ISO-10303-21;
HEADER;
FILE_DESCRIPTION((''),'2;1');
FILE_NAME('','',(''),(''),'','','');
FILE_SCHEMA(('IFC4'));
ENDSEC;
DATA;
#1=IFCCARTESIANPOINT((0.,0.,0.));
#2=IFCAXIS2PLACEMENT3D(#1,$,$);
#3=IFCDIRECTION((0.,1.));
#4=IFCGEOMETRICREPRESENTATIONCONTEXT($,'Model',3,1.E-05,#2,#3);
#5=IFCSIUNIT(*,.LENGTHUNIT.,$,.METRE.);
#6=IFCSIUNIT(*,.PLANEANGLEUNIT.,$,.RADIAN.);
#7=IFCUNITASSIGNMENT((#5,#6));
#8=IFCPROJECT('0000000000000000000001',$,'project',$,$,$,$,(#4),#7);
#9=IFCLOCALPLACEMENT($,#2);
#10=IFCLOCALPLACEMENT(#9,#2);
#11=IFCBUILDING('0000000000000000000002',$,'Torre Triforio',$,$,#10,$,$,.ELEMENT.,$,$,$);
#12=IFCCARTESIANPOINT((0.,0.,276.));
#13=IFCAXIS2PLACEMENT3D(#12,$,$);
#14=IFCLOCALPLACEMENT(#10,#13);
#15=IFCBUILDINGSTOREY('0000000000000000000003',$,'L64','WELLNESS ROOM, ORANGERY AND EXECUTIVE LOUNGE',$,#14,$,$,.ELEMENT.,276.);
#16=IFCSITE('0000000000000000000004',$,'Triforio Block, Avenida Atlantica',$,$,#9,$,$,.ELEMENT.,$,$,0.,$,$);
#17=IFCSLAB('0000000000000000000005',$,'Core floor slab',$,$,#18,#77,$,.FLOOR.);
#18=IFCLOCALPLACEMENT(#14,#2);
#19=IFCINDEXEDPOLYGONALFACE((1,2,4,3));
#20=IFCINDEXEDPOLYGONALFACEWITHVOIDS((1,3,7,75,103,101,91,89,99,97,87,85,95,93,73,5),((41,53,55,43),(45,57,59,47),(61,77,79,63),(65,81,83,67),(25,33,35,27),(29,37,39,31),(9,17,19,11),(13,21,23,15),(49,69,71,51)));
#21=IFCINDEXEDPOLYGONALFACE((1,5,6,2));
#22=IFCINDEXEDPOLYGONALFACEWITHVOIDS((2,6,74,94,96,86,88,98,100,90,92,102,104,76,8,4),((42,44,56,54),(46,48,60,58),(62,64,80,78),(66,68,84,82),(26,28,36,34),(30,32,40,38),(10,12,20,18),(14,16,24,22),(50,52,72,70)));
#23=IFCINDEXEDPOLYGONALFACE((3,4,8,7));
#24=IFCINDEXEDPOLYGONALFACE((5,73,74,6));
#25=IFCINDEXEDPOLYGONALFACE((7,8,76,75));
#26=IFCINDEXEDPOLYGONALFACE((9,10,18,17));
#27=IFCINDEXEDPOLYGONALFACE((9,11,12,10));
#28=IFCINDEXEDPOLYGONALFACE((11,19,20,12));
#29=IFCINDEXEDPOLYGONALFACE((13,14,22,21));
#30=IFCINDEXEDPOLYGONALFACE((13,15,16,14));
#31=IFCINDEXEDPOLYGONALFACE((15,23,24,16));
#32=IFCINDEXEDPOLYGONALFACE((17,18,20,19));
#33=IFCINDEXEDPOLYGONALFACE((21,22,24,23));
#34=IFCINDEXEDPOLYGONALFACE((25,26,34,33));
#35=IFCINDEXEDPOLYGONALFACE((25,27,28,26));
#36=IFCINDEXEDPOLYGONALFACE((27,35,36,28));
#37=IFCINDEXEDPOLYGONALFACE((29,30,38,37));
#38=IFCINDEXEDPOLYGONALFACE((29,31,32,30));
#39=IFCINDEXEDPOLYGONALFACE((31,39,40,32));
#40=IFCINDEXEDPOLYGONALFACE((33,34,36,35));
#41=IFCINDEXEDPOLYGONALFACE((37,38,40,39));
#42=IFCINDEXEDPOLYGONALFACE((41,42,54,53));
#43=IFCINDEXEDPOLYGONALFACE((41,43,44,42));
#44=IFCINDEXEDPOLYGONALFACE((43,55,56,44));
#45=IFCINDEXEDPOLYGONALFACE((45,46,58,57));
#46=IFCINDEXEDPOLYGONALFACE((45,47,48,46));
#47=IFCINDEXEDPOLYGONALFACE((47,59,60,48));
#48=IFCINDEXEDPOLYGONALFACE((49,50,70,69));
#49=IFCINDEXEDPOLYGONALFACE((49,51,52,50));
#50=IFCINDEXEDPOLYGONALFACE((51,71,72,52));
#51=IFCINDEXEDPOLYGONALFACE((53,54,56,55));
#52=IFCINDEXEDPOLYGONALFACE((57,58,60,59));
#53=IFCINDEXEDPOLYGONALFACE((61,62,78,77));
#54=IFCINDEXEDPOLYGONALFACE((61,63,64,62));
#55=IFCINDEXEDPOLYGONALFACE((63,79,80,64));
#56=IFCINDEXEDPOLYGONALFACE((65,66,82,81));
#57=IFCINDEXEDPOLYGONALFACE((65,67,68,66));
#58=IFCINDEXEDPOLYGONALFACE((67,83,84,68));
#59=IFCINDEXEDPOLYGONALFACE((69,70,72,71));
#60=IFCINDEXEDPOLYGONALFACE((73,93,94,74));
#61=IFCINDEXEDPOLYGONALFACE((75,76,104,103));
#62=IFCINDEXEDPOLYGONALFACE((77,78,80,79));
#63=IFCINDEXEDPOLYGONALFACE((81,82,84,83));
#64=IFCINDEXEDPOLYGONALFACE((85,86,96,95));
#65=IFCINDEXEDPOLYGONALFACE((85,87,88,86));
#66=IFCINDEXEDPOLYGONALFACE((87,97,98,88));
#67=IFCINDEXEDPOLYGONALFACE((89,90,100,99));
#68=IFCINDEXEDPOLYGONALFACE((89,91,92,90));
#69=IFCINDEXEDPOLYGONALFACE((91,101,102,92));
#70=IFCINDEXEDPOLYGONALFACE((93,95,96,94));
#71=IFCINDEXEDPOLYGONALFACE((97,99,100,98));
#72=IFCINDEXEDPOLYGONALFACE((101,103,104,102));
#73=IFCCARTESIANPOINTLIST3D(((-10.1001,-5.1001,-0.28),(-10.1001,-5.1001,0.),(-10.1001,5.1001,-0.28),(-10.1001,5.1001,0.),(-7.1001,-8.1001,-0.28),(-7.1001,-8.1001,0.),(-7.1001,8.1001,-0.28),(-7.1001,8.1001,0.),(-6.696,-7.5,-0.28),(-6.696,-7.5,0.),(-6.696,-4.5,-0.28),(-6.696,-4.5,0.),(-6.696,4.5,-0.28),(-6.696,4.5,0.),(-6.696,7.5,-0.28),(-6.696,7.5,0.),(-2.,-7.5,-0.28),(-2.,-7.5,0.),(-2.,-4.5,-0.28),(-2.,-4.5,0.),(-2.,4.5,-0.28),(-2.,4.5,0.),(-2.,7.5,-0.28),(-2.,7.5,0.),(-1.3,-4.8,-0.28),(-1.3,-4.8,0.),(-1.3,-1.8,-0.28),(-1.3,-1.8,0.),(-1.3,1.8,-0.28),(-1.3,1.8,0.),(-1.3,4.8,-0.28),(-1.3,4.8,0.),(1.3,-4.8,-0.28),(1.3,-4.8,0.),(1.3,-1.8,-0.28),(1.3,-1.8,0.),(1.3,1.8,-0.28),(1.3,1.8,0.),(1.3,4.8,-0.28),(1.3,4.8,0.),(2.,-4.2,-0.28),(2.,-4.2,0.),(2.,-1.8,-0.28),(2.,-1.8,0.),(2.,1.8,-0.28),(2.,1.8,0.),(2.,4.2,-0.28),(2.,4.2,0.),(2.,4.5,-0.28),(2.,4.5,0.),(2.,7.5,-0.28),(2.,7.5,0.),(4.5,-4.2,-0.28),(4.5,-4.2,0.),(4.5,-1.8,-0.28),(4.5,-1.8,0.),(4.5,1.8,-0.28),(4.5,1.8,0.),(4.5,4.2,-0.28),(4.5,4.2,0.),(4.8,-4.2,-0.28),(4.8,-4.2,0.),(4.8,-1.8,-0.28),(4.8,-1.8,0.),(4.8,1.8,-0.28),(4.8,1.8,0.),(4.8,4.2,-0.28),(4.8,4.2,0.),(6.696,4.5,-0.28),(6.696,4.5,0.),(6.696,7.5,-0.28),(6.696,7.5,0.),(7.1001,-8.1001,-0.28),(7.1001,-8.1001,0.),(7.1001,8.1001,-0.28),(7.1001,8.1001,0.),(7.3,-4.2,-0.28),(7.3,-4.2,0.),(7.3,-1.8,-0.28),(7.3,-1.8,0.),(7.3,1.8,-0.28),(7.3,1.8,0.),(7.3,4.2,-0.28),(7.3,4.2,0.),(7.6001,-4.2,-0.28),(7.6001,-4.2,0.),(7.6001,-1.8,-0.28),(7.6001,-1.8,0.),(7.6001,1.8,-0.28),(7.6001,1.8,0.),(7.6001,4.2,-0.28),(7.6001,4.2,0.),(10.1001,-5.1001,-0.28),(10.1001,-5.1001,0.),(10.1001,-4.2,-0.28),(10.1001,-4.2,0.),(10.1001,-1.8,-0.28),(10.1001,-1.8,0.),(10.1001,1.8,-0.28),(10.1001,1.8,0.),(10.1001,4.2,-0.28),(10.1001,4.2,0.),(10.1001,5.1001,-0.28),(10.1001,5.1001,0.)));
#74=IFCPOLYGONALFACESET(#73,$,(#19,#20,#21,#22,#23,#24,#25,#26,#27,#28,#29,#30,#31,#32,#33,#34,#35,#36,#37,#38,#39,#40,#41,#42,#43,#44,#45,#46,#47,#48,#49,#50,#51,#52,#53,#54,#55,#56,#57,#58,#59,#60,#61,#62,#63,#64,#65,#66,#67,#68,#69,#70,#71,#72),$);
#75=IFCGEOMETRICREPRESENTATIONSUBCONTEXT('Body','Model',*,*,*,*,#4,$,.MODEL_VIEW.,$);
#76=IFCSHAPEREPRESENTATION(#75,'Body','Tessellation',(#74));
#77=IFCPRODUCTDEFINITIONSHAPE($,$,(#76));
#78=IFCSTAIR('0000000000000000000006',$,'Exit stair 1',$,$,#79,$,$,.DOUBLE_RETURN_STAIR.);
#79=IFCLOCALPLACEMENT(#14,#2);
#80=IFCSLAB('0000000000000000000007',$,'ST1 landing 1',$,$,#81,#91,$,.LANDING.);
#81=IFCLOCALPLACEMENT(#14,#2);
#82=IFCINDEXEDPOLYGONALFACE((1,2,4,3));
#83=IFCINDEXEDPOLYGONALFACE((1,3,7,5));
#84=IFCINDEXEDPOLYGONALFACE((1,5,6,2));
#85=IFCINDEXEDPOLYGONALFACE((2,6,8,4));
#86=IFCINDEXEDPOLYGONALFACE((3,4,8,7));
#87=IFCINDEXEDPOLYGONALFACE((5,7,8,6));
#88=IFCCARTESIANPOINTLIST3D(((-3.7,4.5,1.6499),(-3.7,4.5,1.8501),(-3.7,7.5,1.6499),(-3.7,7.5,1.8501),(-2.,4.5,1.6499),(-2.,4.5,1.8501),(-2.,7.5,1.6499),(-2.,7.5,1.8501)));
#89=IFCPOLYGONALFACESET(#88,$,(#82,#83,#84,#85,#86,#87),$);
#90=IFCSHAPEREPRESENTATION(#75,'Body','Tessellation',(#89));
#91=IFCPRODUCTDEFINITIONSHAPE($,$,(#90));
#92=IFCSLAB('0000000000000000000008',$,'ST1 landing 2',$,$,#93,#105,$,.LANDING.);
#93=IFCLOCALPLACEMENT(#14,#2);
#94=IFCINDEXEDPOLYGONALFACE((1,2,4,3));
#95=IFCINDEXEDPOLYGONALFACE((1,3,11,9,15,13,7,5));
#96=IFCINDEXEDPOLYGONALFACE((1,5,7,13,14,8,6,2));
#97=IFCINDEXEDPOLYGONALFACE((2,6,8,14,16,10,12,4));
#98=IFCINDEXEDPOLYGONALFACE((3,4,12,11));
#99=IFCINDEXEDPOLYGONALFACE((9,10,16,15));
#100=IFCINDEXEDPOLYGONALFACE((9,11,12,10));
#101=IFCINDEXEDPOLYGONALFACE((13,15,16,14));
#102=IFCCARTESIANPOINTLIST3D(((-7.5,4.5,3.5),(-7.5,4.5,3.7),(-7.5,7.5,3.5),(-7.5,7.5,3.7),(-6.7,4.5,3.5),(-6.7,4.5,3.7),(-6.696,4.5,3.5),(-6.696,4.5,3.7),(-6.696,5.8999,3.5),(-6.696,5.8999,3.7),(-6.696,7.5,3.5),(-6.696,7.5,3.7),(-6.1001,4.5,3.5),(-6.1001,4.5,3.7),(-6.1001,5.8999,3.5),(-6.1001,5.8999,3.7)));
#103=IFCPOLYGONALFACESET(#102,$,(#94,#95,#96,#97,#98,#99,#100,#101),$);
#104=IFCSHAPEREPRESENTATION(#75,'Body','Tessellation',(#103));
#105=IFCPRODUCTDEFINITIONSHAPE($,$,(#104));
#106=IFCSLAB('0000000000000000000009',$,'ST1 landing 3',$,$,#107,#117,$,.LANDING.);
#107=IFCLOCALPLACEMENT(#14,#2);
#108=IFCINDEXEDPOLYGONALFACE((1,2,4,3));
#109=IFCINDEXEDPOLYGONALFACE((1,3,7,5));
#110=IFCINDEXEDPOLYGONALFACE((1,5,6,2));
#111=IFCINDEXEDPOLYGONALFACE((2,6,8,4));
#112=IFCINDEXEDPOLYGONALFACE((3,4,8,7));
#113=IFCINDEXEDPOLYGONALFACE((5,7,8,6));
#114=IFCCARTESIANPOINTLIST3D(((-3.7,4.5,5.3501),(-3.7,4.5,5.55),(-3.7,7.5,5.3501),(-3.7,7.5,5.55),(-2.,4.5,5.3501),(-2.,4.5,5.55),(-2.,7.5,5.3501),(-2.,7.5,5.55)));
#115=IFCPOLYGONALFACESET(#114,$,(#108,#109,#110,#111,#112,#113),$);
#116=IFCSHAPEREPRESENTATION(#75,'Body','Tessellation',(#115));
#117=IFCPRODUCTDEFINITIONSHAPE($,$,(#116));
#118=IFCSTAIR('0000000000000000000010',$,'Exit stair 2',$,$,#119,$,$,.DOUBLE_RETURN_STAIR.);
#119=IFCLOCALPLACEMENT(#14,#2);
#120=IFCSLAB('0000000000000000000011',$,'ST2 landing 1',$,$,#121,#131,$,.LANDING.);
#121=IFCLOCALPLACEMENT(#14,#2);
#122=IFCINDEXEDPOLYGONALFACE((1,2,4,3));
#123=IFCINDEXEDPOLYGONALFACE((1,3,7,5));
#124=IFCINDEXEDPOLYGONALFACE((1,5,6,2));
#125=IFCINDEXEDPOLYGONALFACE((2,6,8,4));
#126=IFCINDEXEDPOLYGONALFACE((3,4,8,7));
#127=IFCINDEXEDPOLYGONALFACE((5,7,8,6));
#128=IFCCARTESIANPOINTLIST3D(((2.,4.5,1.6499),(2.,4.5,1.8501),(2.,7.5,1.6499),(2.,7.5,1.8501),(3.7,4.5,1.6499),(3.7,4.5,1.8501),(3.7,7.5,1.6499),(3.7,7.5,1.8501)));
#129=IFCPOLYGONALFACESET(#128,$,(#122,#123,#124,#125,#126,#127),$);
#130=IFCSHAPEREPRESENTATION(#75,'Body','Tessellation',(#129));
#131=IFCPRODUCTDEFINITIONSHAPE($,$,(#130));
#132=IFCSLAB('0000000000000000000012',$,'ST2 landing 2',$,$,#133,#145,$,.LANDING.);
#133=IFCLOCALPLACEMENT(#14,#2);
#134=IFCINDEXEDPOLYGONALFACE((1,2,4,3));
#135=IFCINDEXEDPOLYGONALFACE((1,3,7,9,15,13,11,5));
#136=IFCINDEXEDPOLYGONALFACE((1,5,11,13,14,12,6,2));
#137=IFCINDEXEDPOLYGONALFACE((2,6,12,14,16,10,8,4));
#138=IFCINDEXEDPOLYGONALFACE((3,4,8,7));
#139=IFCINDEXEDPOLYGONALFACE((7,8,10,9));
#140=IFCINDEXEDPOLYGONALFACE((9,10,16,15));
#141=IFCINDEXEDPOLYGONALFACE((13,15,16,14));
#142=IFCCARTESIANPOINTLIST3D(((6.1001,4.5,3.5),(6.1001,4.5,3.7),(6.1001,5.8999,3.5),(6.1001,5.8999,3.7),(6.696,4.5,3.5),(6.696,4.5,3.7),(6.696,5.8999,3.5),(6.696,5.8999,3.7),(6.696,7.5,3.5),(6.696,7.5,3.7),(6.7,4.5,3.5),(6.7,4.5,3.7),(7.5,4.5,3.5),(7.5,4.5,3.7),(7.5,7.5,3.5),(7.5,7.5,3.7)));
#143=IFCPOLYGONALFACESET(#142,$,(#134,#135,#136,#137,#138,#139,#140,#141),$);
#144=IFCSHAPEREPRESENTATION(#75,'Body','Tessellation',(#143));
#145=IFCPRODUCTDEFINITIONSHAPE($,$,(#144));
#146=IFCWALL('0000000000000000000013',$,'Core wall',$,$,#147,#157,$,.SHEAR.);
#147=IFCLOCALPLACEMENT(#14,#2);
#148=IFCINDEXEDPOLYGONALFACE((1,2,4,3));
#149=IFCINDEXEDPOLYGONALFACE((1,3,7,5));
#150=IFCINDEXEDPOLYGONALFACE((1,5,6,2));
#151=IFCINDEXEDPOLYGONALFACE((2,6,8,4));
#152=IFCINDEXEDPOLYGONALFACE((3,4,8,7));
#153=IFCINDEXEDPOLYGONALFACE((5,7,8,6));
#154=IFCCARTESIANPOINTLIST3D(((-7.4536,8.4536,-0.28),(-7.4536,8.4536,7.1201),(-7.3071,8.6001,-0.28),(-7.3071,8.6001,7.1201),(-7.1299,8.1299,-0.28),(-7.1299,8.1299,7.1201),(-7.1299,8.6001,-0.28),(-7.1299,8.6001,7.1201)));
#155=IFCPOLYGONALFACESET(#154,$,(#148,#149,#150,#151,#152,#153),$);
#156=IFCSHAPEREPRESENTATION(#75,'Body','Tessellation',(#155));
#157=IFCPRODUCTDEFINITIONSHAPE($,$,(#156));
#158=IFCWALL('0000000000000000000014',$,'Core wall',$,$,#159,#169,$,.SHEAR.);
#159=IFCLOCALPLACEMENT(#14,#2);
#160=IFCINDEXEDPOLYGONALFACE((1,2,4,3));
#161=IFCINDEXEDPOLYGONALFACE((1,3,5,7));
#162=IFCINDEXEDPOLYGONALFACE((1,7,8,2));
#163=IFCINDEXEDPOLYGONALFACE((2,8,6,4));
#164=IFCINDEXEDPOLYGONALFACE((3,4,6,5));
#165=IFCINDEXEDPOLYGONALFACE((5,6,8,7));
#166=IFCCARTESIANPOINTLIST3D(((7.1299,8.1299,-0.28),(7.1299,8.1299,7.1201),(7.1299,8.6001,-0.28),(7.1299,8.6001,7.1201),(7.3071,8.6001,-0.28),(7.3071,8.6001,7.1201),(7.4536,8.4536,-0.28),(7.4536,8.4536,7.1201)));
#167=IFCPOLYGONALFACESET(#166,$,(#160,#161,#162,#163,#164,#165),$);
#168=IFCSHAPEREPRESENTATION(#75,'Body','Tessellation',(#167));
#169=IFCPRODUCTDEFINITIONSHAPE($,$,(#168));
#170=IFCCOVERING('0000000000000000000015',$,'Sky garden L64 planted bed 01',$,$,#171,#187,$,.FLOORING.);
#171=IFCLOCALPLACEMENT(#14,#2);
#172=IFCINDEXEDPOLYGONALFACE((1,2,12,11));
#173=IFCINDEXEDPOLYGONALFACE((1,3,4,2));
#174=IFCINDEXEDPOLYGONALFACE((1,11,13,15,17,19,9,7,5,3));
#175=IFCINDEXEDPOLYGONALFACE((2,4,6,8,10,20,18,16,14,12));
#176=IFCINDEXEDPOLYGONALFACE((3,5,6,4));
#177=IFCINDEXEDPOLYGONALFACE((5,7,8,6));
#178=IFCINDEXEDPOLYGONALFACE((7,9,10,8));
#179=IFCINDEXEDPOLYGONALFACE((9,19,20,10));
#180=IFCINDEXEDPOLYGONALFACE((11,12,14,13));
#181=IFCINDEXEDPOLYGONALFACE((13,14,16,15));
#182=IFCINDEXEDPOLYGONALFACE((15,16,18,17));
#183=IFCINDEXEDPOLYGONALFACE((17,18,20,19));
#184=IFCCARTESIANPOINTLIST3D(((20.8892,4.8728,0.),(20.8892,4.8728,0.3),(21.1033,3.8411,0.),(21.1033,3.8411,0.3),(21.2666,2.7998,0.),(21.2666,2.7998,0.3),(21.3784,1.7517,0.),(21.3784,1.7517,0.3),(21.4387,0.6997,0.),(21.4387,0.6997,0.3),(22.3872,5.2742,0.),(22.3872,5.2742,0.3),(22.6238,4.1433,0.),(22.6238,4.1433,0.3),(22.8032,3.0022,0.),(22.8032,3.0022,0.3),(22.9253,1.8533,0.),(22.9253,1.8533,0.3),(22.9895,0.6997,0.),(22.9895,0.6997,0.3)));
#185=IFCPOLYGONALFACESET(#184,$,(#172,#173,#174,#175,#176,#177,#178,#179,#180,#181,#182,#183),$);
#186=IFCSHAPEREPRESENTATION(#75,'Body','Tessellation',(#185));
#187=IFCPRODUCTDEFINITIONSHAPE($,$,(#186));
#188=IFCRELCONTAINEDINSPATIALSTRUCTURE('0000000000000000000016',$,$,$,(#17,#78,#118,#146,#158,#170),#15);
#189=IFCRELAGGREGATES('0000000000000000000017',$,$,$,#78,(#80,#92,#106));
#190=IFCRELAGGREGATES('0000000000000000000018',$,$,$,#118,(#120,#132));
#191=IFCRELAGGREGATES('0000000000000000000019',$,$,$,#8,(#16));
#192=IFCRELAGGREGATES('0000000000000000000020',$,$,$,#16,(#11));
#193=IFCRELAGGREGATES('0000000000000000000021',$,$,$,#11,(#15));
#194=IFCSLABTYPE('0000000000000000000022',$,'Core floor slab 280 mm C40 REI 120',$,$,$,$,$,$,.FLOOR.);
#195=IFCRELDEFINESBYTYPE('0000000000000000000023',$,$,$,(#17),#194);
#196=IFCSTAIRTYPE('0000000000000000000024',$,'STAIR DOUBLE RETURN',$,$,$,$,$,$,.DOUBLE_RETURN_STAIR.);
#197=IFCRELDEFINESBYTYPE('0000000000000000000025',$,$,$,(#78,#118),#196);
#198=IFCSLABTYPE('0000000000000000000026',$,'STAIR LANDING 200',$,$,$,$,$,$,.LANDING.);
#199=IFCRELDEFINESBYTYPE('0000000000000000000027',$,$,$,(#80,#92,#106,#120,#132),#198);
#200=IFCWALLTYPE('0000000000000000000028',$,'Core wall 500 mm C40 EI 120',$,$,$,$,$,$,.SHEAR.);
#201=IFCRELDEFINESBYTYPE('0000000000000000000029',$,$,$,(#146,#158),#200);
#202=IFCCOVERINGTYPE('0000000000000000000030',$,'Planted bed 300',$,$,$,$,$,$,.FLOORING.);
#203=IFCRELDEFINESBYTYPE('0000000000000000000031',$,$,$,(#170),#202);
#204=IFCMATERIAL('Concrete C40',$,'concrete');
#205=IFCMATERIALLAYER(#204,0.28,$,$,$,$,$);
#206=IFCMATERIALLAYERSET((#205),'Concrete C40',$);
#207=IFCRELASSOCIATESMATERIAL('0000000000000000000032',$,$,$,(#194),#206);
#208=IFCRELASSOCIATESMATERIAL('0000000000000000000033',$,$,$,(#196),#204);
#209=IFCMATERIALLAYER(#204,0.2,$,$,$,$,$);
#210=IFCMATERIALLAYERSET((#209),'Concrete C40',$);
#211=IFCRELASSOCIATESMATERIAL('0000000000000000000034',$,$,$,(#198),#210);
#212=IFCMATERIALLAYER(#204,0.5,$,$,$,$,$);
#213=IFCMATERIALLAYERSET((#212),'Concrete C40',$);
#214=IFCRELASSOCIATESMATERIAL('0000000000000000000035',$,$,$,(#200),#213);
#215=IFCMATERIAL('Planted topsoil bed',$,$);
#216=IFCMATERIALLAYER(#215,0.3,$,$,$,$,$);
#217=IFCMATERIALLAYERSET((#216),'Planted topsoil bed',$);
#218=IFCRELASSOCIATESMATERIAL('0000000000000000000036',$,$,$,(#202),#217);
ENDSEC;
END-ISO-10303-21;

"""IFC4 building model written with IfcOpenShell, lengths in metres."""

from ifc_helpers import new_model, si_unit, direction, frame, origin, place, context, subcontext, project, spatial, polyline, outline, extrude, material, layer, layer_set, type_object, element, aggregate, save


model = new_model("IFC4")

# Units and contexts
model_context = context("Model", 3, precision=1e-05, world=origin(), true_north=direction((0.0, 1.0)))
body_context = subcontext(model_context, "Body", "Model", "MODEL_VIEW")
ifc_project = project(units=[si_unit("LENGTHUNIT", "METRE"), si_unit("PLANEANGLEUNIT", "RADIAN")], contexts=[model_context])

# Site, building, storey
site_placement = place(None, origin())
site = spatial("IfcSite", under=ifc_project, at=site_placement, Name="Triforio Block, Avenida Atlantica", CompositionType="ELEMENT", RefElevation=0.0)
building_placement = place(site_placement, origin())
building = spatial("IfcBuilding", under=site, at=building_placement, Name="Torre Triforio", CompositionType="ELEMENT")
storey_placement = place(building_placement, frame((0.0, 0.0, 276.0)))
storey = spatial("IfcBuildingStorey", under=building, at=storey_placement, Name="L64", Description="WELLNESS ROOM, ORANGERY AND EXECUTIVE LOUNGE", CompositionType="ELEMENT", Elevation=276.0)

# Slab
ifc_material_1 = material(Name="Concrete C40", Category="concrete")
ifc_layer_1 = layer(ifc_material_1, 0.28)
ifc_layer_set_1 = layer_set([ifc_layer_1], Name="Concrete C40")
slab_type_1 = type_object("IfcSlabType", Name="Core floor slab 280 mm C40 REI 120", PredefinedType="FLOOR", material=ifc_layer_set_1)
slab_1_placement = place(storey_placement, frame((0.0, 0.0, -0.28)))
element("IfcSlab", 1, at=slab_1_placement, inside=storey, type_object=slab_type_1, Name="Core floor slab", PredefinedType="FLOOR", context=body_context, shape_type="SweptSolid", body=[
    extrude(outline(polyline([(10.1001, -5.1001), (7.1001, -8.1001), (-7.1001, -8.1001), (-10.1001, -5.1001), (-10.1001, 5.1001), (-7.1001, 8.1001), (7.1001, 8.1001), (10.1001, 5.1001), (10.1001, 4.2), (7.6001, 4.2), (7.6001, 1.8), (10.1001, 1.8), (10.1001, -1.8), (7.6001, -1.8), (7.6001, -4.2), (10.1001, -4.2), (10.1001, -5.1001)]), holes=[polyline([(-6.696, -4.5), (-6.696, -7.5), (-2.0, -7.5), (-2.0, -4.5), (-6.696, -4.5)]), polyline([(-1.3, -1.8), (-1.3, -4.8), (1.3, -4.8), (1.3, -1.8), (-1.3, -1.8)]), polyline([(2.0, -1.8), (2.0, -4.2), (4.5, -4.2), (4.5, -1.8), (2.0, -1.8)]), polyline([(4.5, 4.2), (2.0, 4.2), (2.0, 1.8), (4.5, 1.8), (4.5, 4.2)]), polyline([(1.3, 4.8), (-1.3, 4.8), (-1.3, 1.8), (1.3, 1.8), (1.3, 4.8)]), polyline([(-6.696, 7.5), (-6.696, 4.5), (-2.0, 4.5), (-2.0, 7.5), (-6.696, 7.5)]), polyline([(7.3, -1.8), (4.8, -1.8), (4.8, -4.2), (7.3, -4.2), (7.3, -1.8)]), polyline([(4.8, 4.2), (4.8, 1.8), (7.3, 1.8), (7.3, 4.2), (4.8, 4.2)]), polyline([(6.696, 7.5), (2.0, 7.5), (2.0, 4.5), (6.696, 4.5), (6.696, 7.5)])]), origin(), (0.0, 0.0, 1.0), 0.28),
])

# Stairs, slabs
stair_type = type_object("IfcStairType", Name="STAIR DOUBLE RETURN", PredefinedType="DOUBLE_RETURN_STAIR", material=ifc_material_1)
stair_1_placement = place(storey_placement, origin())
stair_1 = element("IfcStair", 2, at=stair_1_placement, inside=storey, type_object=stair_type, Name="Exit stair 1", PredefinedType="DOUBLE_RETURN_STAIR")
ifc_layer_2 = layer(ifc_material_1, 0.2)
ifc_layer_set_2 = layer_set([ifc_layer_2], Name="Concrete C40")
slab_type_2 = type_object("IfcSlabType", Name="STAIR LANDING 200", PredefinedType="LANDING", material=ifc_layer_set_2)
slab_2_placement = place(storey_placement, frame((0.0, 0.0, 1.6499)))
slab_2 = element("IfcSlab", 3, at=slab_2_placement, type_object=slab_type_2, Name="ST1 landing 1", PredefinedType="LANDING", context=body_context, shape_type="SweptSolid", body=[
    extrude(outline(polyline([(-2.0, 4.5), (-2.0, 7.5), (-3.7, 7.5), (-3.7, 4.5), (-2.0, 4.5)])), origin(), (0.0, 0.0, 1.0), 0.2002),
])
slab_3_placement = place(storey_placement, frame((0.0, 0.0, 3.5)))
slab_3 = element("IfcSlab", 4, at=slab_3_placement, type_object=slab_type_2, Name="ST1 landing 2", PredefinedType="LANDING", context=body_context, shape_type="SweptSolid", body=[
    extrude(outline(polyline([(-6.1001, 5.8999), (-6.1001, 4.5), (-6.696, 4.5), (-6.7, 4.5), (-7.5, 4.5), (-7.5, 7.5), (-6.696, 7.5), (-6.696, 5.8999), (-6.1001, 5.8999)])), origin(), (0.0, 0.0, 1.0), 0.2),
])
slab_4_placement = place(storey_placement, frame((0.0, 0.0, 5.3501)))
slab_4 = element("IfcSlab", 5, at=slab_4_placement, type_object=slab_type_2, Name="ST1 landing 3", PredefinedType="LANDING", context=body_context, shape_type="SweptSolid", body=[
    extrude(outline(polyline([(-2.0, 4.5), (-2.0, 7.5), (-3.7, 7.5), (-3.7, 4.5), (-2.0, 4.5)])), origin(), (0.0, 0.0, 1.0), 0.2),
])
aggregate(stair_1, [slab_2, slab_3, slab_4])
stair_2_placement = place(storey_placement, origin())
stair_2 = element("IfcStair", 6, at=stair_2_placement, inside=storey, type_object=stair_type, Name="Exit stair 2", PredefinedType="DOUBLE_RETURN_STAIR")
slab_5_placement = place(storey_placement, frame((0.0, 0.0, 1.6499)))
slab_5 = element("IfcSlab", 7, at=slab_5_placement, type_object=slab_type_2, Name="ST2 landing 1", PredefinedType="LANDING", context=body_context, shape_type="SweptSolid", body=[
    extrude(outline(polyline([(3.7, 4.5), (3.7, 7.5), (2.0, 7.5), (2.0, 4.5), (3.7, 4.5)])), origin(), (0.0, 0.0, 1.0), 0.2002),
])
slab_6_placement = place(storey_placement, frame((0.0, 0.0, 3.5)))
slab_6 = element("IfcSlab", 8, at=slab_6_placement, type_object=slab_type_2, Name="ST2 landing 2", PredefinedType="LANDING", context=body_context, shape_type="SweptSolid", body=[
    extrude(outline(polyline([(6.1001, 4.5), (6.1001, 5.8999), (6.696, 5.8999), (6.696, 7.5), (7.5, 7.5), (7.5, 4.5), (6.7, 4.5), (6.696, 4.5), (6.1001, 4.5)])), origin(), (0.0, 0.0, 1.0), 0.2),
])
aggregate(stair_2, [slab_5, slab_6])

# Walls
ifc_layer_3 = layer(ifc_material_1, 0.5)
ifc_layer_set_3 = layer_set([ifc_layer_3], Name="Concrete C40")
wall_type = type_object("IfcWallType", Name="Core wall 500 mm C40 EI 120", PredefinedType="SHEAR", material=ifc_layer_set_3)
wall_1_placement = place(storey_placement, frame((0.0, 0.0, -0.28)))
element("IfcWall", 9, at=wall_1_placement, inside=storey, type_object=wall_type, Name="Core wall", PredefinedType="SHEAR", context=body_context, shape_type="SweptSolid", body=[
    extrude(outline(polyline([(-7.3071, 8.6001), (-7.1299, 8.6001), (-7.1299, 8.1299), (-7.4536, 8.4536), (-7.3071, 8.6001)])), origin(), (0.0, 0.0, 1.0), 7.4001),
])
wall_2_placement = place(storey_placement, frame((0.0, 0.0, -0.28)))
element("IfcWall", 10, at=wall_2_placement, inside=storey, type_object=wall_type, Name="Core wall", PredefinedType="SHEAR", context=body_context, shape_type="SweptSolid", body=[
    extrude(outline(polyline([(7.3071, 8.6001), (7.4536, 8.4536), (7.1299, 8.1299), (7.1299, 8.6001), (7.3071, 8.6001)])), origin(), (0.0, 0.0, 1.0), 7.4001),
])

# Covering
ifc_material_2 = material(Name="Planted topsoil bed")
ifc_layer_4 = layer(ifc_material_2, 0.3)
ifc_layer_set_4 = layer_set([ifc_layer_4], Name="Planted topsoil bed")
covering_type = type_object("IfcCoveringType", Name="Planted bed 300", PredefinedType="FLOORING", material=ifc_layer_set_4)
covering_1_placement = place(storey_placement, origin())
element("IfcCovering", 11, at=covering_1_placement, inside=storey, type_object=covering_type, Name="Sky garden L64 planted bed 01", PredefinedType="FLOORING", context=body_context, shape_type="SweptSolid", body=[
    extrude(outline(polyline([(21.4387, 0.6997), (21.3784, 1.7517), (21.2666, 2.7998), (21.1033, 3.8411), (20.8892, 4.8728), (22.3872, 5.2742), (22.6238, 4.1433), (22.8032, 3.0022), (22.9253, 1.8533), (22.9895, 0.6997), (21.4387, 0.6997)])), origin(), (0.0, 0.0, 1.0), 0.3),
])

save(model, "model.ifc")
